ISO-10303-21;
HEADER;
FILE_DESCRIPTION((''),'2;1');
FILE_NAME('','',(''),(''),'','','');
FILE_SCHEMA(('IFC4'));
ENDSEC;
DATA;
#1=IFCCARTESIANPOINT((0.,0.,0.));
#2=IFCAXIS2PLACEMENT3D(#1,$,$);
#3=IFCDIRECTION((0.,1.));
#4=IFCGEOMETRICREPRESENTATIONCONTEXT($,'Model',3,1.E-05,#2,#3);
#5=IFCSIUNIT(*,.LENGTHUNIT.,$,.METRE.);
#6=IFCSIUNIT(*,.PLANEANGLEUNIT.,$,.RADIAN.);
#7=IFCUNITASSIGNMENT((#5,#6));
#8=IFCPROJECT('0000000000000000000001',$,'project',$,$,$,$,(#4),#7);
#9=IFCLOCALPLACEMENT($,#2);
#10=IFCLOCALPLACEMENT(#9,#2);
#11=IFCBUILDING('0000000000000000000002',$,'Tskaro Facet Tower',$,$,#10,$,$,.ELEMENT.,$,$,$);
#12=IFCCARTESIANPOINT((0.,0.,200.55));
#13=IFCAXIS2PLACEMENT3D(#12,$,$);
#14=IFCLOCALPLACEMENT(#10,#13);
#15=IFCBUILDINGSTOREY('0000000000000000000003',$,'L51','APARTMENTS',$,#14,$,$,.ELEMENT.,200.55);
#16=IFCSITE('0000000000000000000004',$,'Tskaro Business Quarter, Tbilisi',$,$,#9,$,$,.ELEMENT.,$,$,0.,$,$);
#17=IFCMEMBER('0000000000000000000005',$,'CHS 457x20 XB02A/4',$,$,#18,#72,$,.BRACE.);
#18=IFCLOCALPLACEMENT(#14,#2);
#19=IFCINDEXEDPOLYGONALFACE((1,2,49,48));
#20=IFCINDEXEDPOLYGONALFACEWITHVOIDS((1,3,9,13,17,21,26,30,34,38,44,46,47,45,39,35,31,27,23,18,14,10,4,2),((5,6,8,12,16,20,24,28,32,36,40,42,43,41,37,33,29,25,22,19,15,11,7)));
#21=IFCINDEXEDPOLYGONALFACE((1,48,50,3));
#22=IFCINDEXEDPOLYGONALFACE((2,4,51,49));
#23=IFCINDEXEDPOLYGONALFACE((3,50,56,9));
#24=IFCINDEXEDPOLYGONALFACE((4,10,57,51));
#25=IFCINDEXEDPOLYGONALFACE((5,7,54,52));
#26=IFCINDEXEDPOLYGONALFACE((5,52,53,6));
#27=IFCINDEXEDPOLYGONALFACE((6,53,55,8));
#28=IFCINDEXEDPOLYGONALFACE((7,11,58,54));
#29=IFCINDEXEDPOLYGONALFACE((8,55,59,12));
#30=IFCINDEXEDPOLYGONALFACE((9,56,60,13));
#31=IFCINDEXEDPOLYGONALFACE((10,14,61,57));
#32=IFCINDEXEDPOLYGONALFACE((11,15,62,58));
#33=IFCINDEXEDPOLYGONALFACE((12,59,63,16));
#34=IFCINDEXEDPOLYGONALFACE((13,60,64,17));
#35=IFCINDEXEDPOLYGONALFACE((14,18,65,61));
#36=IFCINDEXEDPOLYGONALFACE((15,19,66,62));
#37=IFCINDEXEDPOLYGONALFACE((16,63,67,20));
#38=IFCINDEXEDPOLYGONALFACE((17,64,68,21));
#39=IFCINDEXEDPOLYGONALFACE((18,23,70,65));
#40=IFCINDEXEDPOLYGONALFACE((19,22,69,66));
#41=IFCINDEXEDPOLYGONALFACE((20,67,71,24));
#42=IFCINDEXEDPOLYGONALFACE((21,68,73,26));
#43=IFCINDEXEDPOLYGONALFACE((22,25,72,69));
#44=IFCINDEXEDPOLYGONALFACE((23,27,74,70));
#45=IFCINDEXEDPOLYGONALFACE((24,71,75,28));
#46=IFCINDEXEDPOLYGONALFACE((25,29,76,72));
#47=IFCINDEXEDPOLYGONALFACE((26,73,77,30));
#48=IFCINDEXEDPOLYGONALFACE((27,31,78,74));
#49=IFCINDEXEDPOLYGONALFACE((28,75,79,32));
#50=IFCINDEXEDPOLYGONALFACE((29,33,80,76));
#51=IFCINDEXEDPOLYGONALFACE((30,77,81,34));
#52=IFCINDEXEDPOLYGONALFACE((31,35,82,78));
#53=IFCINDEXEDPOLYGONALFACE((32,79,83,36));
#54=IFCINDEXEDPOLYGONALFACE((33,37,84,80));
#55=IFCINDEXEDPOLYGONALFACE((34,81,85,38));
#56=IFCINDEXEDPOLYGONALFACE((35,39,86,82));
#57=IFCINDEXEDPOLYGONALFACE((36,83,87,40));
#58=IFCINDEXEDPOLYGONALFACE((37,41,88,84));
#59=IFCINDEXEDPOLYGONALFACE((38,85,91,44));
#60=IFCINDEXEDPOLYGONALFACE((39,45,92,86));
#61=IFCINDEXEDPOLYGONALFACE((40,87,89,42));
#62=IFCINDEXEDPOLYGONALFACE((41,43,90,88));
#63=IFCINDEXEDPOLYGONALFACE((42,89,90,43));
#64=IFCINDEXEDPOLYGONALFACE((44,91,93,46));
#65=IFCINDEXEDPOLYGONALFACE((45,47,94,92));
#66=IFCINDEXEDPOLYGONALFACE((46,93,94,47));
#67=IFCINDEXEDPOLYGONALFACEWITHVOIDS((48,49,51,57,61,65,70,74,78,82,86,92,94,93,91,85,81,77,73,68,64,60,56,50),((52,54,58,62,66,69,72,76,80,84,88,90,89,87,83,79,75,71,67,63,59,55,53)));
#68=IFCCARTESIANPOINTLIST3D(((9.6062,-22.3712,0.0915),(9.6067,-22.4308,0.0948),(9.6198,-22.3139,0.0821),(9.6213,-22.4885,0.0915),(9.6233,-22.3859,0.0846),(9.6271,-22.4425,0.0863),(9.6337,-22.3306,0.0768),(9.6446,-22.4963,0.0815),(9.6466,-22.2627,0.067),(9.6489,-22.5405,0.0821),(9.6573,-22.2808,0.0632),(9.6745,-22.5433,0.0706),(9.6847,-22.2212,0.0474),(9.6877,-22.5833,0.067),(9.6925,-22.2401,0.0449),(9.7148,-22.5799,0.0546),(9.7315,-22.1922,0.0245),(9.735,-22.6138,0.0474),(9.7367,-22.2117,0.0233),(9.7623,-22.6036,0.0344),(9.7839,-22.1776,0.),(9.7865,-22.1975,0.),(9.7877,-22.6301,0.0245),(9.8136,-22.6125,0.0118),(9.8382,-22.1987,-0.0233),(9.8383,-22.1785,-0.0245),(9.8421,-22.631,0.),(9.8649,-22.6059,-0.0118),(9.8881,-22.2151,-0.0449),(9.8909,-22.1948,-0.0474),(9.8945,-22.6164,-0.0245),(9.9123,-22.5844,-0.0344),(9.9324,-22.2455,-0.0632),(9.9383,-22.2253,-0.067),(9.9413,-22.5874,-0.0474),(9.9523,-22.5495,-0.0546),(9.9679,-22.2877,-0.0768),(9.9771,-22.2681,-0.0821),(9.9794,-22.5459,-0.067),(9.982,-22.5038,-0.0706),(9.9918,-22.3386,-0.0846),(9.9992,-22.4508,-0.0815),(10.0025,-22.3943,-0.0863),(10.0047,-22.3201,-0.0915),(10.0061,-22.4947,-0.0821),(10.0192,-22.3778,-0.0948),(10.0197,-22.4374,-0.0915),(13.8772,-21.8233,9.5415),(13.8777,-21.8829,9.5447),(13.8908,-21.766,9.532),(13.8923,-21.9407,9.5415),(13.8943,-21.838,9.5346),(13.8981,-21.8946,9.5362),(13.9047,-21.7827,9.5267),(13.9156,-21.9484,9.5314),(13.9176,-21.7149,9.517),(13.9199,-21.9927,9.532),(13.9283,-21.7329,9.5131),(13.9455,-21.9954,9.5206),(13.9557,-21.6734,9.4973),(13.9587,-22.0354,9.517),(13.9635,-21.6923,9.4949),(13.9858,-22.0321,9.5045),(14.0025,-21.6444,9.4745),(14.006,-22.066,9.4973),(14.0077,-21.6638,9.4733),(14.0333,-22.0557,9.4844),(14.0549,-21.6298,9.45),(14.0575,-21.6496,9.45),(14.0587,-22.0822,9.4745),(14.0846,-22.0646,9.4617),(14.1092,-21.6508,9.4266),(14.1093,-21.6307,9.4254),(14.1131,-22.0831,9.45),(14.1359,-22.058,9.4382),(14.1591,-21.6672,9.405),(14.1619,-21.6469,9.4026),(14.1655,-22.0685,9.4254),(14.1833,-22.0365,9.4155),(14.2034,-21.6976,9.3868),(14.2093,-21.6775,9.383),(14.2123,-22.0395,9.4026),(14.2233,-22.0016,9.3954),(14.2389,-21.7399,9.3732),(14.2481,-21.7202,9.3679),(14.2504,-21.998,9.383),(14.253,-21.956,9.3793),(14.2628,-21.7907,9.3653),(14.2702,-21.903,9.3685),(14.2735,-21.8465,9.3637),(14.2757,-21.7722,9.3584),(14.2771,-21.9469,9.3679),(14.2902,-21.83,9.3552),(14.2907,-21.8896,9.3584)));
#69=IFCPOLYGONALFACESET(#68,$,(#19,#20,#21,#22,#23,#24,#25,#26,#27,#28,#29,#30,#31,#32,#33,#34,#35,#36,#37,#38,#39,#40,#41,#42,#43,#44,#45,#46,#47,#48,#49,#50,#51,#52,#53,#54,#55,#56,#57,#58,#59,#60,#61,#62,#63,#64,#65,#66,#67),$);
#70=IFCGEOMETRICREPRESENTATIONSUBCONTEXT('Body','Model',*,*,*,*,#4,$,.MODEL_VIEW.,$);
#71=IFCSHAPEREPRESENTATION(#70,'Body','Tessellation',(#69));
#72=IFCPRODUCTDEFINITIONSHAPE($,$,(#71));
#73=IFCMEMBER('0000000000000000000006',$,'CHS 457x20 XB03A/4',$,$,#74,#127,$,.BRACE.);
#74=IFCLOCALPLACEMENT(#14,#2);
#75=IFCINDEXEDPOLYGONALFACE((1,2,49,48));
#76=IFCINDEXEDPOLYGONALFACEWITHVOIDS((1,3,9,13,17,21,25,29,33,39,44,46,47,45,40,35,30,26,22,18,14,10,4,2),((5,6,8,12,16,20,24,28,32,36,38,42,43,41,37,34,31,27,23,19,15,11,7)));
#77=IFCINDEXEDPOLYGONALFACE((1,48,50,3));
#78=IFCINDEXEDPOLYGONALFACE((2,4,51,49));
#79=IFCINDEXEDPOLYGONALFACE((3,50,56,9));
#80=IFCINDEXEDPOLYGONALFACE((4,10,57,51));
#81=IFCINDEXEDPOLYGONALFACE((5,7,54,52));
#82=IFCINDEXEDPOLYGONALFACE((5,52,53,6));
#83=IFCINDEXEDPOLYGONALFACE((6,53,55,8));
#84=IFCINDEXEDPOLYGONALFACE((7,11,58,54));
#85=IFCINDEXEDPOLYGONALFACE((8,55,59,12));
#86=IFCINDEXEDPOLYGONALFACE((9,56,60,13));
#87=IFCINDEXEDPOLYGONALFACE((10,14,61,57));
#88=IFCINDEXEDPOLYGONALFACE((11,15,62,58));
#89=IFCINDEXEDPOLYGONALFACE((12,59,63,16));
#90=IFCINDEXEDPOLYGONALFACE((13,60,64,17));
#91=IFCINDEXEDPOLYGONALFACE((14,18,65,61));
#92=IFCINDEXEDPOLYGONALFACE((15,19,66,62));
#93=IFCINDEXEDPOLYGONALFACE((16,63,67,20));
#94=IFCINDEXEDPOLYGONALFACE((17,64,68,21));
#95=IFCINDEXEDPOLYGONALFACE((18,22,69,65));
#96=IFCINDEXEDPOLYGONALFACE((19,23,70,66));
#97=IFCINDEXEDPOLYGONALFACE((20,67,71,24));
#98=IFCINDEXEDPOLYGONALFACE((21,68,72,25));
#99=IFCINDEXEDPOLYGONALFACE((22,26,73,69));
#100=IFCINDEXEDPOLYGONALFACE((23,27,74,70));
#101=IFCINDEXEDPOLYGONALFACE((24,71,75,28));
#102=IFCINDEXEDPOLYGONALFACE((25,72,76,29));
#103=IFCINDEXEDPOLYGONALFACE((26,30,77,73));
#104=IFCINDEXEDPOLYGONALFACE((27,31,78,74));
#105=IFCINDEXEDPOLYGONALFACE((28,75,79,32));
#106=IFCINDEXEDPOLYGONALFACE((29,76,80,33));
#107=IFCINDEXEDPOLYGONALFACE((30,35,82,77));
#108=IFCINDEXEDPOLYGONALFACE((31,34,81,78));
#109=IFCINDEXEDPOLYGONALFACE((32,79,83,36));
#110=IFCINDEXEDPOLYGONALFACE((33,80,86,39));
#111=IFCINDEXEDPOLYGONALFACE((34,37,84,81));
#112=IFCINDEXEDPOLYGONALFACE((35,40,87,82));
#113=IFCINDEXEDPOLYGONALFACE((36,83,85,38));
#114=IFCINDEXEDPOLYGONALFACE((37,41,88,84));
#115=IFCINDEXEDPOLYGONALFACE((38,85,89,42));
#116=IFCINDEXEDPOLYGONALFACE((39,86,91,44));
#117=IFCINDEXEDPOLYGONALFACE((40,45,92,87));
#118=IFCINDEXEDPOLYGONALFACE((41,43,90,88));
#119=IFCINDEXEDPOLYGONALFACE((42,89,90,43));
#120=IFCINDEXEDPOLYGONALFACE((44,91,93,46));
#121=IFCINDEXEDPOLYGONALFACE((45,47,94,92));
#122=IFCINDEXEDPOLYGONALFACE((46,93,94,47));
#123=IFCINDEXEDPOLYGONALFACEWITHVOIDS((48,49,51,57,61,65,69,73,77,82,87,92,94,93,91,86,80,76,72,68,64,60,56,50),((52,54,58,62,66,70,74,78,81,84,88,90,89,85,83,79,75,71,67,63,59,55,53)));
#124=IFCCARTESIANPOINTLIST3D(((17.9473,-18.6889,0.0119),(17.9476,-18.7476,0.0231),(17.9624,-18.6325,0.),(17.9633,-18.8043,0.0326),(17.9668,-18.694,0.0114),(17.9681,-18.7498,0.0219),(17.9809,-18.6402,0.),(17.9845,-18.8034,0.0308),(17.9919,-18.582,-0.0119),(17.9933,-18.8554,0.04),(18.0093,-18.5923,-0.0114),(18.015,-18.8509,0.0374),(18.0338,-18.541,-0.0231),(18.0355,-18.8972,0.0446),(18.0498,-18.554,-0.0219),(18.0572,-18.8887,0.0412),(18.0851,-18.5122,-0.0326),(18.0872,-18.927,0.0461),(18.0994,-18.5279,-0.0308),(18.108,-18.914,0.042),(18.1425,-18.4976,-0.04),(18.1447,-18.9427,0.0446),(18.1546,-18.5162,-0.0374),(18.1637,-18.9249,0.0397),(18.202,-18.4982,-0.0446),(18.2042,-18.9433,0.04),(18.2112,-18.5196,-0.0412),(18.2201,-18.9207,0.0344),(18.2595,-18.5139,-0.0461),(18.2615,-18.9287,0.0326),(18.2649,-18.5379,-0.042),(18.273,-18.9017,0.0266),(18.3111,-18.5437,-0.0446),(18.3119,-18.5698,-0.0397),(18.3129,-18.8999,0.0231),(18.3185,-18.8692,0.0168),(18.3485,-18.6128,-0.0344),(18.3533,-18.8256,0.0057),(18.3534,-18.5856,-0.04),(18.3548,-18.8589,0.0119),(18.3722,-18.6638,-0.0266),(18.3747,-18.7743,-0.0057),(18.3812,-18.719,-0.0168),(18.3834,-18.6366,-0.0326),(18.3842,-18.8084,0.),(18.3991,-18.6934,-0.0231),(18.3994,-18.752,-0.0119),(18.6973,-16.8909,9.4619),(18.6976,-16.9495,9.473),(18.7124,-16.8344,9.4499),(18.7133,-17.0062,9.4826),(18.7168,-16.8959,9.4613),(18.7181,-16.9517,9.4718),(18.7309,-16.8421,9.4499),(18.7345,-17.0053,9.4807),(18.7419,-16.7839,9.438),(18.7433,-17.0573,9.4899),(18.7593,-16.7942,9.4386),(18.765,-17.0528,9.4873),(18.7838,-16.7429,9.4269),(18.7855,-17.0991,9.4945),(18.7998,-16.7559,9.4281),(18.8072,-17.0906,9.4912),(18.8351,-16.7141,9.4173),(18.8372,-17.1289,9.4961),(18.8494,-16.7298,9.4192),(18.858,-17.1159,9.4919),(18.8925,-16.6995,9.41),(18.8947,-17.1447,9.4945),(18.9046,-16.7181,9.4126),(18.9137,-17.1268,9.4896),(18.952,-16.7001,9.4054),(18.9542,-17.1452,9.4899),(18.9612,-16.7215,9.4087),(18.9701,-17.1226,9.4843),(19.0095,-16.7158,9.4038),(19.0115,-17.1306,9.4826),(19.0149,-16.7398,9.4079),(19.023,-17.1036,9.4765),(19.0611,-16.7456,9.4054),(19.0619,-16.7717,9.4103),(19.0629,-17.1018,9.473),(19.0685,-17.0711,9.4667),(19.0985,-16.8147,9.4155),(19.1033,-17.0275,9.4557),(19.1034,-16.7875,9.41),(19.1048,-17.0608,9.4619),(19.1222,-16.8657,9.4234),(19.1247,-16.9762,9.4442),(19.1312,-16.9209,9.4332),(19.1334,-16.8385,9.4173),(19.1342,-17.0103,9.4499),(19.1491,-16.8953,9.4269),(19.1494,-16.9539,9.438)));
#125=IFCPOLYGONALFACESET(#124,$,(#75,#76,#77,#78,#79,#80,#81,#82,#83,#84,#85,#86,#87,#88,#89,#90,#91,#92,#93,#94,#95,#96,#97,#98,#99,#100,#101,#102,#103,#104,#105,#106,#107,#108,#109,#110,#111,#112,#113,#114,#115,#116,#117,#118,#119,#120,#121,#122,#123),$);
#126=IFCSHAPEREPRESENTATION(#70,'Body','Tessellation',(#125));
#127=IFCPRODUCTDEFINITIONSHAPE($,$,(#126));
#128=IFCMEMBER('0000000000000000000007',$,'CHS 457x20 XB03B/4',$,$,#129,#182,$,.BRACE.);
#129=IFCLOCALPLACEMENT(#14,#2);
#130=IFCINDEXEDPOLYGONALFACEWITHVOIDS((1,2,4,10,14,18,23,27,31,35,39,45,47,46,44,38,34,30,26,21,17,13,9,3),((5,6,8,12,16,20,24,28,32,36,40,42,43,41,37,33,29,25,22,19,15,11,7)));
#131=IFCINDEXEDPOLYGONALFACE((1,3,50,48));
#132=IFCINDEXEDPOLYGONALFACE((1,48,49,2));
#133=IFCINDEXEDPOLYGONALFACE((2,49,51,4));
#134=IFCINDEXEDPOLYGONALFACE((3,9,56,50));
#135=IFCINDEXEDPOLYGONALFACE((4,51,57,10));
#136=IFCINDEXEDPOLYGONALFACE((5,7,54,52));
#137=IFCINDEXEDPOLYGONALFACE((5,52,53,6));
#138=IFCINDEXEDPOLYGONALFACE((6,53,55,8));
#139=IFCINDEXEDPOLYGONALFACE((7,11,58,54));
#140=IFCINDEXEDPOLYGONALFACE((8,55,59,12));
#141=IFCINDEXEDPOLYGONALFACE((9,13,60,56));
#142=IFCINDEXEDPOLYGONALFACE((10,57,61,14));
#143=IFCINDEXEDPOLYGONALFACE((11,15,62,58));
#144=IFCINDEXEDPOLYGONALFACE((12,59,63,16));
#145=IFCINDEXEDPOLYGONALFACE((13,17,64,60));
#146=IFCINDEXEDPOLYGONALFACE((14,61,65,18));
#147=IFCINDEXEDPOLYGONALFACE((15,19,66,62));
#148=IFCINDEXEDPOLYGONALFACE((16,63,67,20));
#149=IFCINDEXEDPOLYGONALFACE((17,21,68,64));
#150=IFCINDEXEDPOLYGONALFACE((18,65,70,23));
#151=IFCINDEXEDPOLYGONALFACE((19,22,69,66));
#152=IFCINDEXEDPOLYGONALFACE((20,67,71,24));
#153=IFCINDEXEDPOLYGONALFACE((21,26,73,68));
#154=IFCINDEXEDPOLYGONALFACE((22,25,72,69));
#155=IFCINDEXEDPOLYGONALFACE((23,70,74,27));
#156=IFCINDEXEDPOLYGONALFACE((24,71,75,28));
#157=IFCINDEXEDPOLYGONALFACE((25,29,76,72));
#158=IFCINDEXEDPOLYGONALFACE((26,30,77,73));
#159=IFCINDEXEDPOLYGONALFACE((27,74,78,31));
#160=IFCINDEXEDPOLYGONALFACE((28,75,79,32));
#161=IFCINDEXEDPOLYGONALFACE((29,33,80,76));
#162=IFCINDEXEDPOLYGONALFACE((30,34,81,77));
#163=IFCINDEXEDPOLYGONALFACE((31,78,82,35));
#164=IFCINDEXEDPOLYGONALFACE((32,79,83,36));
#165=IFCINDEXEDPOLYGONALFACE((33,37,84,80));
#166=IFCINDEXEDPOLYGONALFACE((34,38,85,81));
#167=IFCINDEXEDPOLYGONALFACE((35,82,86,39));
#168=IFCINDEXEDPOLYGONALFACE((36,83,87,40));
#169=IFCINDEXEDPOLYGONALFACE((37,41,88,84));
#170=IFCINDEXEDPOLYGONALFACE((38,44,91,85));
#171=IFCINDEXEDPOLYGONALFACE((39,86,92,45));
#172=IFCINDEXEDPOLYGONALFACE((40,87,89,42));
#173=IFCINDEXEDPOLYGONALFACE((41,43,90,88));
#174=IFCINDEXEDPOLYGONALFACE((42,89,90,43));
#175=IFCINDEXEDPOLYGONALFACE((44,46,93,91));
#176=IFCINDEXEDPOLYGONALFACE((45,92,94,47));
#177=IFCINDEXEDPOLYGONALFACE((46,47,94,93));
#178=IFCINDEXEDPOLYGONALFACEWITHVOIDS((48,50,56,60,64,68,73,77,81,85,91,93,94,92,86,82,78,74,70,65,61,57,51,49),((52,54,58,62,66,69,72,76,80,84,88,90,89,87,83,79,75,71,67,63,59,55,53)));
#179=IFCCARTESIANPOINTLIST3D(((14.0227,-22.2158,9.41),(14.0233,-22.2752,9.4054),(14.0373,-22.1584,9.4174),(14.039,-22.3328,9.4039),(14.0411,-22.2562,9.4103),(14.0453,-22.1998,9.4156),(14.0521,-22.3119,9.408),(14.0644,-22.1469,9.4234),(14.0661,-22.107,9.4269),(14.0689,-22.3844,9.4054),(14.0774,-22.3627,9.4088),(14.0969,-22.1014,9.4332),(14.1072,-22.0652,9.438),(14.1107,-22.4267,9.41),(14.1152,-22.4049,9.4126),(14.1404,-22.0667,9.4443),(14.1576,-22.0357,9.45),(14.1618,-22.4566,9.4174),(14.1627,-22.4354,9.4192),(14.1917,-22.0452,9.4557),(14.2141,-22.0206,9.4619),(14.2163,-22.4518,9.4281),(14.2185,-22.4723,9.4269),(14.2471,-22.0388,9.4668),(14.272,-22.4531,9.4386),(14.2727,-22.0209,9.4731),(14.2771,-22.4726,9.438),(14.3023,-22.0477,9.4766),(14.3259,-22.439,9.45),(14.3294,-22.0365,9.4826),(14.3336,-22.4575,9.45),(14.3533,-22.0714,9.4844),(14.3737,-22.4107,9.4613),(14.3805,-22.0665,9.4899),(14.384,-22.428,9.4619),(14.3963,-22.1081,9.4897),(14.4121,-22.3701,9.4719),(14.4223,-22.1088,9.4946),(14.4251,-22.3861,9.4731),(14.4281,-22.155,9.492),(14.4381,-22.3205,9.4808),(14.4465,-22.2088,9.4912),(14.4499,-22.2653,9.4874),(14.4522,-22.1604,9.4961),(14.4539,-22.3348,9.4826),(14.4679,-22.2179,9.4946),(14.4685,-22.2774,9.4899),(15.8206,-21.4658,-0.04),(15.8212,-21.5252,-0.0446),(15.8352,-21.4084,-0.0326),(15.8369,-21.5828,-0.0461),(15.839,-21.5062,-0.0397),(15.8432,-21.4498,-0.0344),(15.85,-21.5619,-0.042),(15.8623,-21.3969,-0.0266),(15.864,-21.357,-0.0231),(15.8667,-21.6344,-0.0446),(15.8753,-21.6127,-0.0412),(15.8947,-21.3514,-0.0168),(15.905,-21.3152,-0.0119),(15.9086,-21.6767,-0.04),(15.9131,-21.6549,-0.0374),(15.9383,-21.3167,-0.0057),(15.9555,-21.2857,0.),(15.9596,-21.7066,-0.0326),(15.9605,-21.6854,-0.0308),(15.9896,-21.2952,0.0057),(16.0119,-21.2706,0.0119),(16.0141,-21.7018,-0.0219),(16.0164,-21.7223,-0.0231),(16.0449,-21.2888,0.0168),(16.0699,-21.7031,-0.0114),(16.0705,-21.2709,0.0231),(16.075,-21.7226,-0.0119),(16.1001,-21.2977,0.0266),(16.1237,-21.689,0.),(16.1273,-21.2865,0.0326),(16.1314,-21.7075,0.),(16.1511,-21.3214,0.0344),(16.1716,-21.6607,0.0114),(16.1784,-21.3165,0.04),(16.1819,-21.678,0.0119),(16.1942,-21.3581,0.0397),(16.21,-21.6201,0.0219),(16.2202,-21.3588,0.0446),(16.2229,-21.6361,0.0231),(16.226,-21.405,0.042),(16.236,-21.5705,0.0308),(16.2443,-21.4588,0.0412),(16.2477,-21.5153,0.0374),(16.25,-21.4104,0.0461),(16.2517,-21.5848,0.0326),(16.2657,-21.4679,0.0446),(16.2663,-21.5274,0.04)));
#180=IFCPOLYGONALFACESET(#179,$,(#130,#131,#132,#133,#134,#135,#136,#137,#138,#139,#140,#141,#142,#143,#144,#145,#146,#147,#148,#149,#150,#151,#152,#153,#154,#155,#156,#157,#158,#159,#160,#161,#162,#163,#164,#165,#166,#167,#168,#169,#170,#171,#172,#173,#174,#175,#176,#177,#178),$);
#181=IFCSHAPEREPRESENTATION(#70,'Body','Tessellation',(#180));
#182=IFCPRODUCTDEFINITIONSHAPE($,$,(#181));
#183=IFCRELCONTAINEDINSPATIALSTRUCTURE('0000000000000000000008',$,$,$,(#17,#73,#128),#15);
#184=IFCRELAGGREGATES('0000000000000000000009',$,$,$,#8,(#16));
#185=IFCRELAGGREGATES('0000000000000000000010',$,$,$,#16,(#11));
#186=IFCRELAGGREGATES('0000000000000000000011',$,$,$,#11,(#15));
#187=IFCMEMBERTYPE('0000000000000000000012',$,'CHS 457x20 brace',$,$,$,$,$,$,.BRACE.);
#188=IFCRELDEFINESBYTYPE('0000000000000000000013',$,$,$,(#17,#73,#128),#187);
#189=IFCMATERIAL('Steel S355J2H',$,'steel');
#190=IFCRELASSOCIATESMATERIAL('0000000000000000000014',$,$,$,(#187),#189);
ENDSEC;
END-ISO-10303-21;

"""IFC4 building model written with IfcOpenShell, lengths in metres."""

from ifc_helpers import new_model, si_unit, direction, frame, origin, origin_2d, place, context, subcontext, project, spatial, hollow_circle, extrude, material, material_profile, profile_set, type_object, element, save


model = new_model("IFC4")

# Units and contexts
model_context = context("Model", 3, precision=1e-05, world=origin(), true_north=direction((0.0, 1.0)))
body_context = subcontext(model_context, "Body", "Model", "MODEL_VIEW")
ifc_project = project(units=[si_unit("LENGTHUNIT", "METRE"), si_unit("PLANEANGLEUNIT", "RADIAN")], contexts=[model_context])

# Site, building, storey
site_placement = place(None, origin())
site = spatial("IfcSite", under=ifc_project, at=site_placement, Name="Tskaro Business Quarter, Tbilisi", CompositionType="ELEMENT", RefElevation=0.0)
building_placement = place(site_placement, origin())
building = spatial("IfcBuilding", under=site, at=building_placement, Name="Tskaro Facet Tower", CompositionType="ELEMENT")
storey_placement = place(building_placement, frame((0.0, 0.0, 200.55)))
storey = spatial("IfcBuildingStorey", under=building, at=storey_placement, Name="L51", Description="APARTMENTS", CompositionType="ELEMENT", Elevation=200.55)

# Shared definitions
ifc_material_1 = material(Name="Steel S355J2H", Category="steel")

# Members
ifc_material_profile_1 = material_profile(ifc_material_1, hollow_circle(Radius=0.2285, WallThickness=0.02, at=origin_2d()), Name="CHS 457x20")
ifc_profile_set_1 = profile_set([ifc_material_profile_1], Name="Steel S355J2H")
member_type_1 = type_object("IfcMemberType", Name="CHS 457x20 brace", PredefinedType="BRACE", material=ifc_profile_set_1)
member_1_placement = place(storey_placement, frame((9.813, -22.4043, 0.0), z_axis=(0.411276, 0.052755, 0.909983), x_axis=(-0.12723, 0.991873, 0.0)))
element("IfcMember", 1, at=member_1_placement, inside=storey, type_object=member_type_1, Name="CHS 457x20 XB02A/4", PredefinedType="BRACE", context=body_context, shape_type="SweptSolid", body=[
    extrude(hollow_circle(Radius=0.2285, WallThickness=0.02, at=origin_2d()), origin(), (0.0, 0.0, 1.0), 10.3848),
])
for number, where, z_axis, x_axis, name in (
    (2, (18.1733, -18.7205, 0.0), (0.077731, 0.186356, 0.979402), (-0.922932, 0.384962, 0.0), "CHS 457x20 XB03A/4"),
    (3, (16.0435, -21.4966, 0.0), (-0.186332, -0.077731, 0.979407), (0.385007, -0.922914, 0.0), "CHS 457x20 XB03B/4"),
):
    element("IfcMember", number, at=place(storey_placement, frame(where, z_axis=z_axis, x_axis=x_axis)), inside=storey, type_object=member_type_1, Name=name, PredefinedType="BRACE", context=body_context, shape_type="SweptSolid", body=[
        extrude(hollow_circle(Radius=0.2285, WallThickness=0.02, at=origin_2d()), origin(), (0.0, 0.0, 1.0), 9.6487),
    ])

save(model, "model.ifc")
